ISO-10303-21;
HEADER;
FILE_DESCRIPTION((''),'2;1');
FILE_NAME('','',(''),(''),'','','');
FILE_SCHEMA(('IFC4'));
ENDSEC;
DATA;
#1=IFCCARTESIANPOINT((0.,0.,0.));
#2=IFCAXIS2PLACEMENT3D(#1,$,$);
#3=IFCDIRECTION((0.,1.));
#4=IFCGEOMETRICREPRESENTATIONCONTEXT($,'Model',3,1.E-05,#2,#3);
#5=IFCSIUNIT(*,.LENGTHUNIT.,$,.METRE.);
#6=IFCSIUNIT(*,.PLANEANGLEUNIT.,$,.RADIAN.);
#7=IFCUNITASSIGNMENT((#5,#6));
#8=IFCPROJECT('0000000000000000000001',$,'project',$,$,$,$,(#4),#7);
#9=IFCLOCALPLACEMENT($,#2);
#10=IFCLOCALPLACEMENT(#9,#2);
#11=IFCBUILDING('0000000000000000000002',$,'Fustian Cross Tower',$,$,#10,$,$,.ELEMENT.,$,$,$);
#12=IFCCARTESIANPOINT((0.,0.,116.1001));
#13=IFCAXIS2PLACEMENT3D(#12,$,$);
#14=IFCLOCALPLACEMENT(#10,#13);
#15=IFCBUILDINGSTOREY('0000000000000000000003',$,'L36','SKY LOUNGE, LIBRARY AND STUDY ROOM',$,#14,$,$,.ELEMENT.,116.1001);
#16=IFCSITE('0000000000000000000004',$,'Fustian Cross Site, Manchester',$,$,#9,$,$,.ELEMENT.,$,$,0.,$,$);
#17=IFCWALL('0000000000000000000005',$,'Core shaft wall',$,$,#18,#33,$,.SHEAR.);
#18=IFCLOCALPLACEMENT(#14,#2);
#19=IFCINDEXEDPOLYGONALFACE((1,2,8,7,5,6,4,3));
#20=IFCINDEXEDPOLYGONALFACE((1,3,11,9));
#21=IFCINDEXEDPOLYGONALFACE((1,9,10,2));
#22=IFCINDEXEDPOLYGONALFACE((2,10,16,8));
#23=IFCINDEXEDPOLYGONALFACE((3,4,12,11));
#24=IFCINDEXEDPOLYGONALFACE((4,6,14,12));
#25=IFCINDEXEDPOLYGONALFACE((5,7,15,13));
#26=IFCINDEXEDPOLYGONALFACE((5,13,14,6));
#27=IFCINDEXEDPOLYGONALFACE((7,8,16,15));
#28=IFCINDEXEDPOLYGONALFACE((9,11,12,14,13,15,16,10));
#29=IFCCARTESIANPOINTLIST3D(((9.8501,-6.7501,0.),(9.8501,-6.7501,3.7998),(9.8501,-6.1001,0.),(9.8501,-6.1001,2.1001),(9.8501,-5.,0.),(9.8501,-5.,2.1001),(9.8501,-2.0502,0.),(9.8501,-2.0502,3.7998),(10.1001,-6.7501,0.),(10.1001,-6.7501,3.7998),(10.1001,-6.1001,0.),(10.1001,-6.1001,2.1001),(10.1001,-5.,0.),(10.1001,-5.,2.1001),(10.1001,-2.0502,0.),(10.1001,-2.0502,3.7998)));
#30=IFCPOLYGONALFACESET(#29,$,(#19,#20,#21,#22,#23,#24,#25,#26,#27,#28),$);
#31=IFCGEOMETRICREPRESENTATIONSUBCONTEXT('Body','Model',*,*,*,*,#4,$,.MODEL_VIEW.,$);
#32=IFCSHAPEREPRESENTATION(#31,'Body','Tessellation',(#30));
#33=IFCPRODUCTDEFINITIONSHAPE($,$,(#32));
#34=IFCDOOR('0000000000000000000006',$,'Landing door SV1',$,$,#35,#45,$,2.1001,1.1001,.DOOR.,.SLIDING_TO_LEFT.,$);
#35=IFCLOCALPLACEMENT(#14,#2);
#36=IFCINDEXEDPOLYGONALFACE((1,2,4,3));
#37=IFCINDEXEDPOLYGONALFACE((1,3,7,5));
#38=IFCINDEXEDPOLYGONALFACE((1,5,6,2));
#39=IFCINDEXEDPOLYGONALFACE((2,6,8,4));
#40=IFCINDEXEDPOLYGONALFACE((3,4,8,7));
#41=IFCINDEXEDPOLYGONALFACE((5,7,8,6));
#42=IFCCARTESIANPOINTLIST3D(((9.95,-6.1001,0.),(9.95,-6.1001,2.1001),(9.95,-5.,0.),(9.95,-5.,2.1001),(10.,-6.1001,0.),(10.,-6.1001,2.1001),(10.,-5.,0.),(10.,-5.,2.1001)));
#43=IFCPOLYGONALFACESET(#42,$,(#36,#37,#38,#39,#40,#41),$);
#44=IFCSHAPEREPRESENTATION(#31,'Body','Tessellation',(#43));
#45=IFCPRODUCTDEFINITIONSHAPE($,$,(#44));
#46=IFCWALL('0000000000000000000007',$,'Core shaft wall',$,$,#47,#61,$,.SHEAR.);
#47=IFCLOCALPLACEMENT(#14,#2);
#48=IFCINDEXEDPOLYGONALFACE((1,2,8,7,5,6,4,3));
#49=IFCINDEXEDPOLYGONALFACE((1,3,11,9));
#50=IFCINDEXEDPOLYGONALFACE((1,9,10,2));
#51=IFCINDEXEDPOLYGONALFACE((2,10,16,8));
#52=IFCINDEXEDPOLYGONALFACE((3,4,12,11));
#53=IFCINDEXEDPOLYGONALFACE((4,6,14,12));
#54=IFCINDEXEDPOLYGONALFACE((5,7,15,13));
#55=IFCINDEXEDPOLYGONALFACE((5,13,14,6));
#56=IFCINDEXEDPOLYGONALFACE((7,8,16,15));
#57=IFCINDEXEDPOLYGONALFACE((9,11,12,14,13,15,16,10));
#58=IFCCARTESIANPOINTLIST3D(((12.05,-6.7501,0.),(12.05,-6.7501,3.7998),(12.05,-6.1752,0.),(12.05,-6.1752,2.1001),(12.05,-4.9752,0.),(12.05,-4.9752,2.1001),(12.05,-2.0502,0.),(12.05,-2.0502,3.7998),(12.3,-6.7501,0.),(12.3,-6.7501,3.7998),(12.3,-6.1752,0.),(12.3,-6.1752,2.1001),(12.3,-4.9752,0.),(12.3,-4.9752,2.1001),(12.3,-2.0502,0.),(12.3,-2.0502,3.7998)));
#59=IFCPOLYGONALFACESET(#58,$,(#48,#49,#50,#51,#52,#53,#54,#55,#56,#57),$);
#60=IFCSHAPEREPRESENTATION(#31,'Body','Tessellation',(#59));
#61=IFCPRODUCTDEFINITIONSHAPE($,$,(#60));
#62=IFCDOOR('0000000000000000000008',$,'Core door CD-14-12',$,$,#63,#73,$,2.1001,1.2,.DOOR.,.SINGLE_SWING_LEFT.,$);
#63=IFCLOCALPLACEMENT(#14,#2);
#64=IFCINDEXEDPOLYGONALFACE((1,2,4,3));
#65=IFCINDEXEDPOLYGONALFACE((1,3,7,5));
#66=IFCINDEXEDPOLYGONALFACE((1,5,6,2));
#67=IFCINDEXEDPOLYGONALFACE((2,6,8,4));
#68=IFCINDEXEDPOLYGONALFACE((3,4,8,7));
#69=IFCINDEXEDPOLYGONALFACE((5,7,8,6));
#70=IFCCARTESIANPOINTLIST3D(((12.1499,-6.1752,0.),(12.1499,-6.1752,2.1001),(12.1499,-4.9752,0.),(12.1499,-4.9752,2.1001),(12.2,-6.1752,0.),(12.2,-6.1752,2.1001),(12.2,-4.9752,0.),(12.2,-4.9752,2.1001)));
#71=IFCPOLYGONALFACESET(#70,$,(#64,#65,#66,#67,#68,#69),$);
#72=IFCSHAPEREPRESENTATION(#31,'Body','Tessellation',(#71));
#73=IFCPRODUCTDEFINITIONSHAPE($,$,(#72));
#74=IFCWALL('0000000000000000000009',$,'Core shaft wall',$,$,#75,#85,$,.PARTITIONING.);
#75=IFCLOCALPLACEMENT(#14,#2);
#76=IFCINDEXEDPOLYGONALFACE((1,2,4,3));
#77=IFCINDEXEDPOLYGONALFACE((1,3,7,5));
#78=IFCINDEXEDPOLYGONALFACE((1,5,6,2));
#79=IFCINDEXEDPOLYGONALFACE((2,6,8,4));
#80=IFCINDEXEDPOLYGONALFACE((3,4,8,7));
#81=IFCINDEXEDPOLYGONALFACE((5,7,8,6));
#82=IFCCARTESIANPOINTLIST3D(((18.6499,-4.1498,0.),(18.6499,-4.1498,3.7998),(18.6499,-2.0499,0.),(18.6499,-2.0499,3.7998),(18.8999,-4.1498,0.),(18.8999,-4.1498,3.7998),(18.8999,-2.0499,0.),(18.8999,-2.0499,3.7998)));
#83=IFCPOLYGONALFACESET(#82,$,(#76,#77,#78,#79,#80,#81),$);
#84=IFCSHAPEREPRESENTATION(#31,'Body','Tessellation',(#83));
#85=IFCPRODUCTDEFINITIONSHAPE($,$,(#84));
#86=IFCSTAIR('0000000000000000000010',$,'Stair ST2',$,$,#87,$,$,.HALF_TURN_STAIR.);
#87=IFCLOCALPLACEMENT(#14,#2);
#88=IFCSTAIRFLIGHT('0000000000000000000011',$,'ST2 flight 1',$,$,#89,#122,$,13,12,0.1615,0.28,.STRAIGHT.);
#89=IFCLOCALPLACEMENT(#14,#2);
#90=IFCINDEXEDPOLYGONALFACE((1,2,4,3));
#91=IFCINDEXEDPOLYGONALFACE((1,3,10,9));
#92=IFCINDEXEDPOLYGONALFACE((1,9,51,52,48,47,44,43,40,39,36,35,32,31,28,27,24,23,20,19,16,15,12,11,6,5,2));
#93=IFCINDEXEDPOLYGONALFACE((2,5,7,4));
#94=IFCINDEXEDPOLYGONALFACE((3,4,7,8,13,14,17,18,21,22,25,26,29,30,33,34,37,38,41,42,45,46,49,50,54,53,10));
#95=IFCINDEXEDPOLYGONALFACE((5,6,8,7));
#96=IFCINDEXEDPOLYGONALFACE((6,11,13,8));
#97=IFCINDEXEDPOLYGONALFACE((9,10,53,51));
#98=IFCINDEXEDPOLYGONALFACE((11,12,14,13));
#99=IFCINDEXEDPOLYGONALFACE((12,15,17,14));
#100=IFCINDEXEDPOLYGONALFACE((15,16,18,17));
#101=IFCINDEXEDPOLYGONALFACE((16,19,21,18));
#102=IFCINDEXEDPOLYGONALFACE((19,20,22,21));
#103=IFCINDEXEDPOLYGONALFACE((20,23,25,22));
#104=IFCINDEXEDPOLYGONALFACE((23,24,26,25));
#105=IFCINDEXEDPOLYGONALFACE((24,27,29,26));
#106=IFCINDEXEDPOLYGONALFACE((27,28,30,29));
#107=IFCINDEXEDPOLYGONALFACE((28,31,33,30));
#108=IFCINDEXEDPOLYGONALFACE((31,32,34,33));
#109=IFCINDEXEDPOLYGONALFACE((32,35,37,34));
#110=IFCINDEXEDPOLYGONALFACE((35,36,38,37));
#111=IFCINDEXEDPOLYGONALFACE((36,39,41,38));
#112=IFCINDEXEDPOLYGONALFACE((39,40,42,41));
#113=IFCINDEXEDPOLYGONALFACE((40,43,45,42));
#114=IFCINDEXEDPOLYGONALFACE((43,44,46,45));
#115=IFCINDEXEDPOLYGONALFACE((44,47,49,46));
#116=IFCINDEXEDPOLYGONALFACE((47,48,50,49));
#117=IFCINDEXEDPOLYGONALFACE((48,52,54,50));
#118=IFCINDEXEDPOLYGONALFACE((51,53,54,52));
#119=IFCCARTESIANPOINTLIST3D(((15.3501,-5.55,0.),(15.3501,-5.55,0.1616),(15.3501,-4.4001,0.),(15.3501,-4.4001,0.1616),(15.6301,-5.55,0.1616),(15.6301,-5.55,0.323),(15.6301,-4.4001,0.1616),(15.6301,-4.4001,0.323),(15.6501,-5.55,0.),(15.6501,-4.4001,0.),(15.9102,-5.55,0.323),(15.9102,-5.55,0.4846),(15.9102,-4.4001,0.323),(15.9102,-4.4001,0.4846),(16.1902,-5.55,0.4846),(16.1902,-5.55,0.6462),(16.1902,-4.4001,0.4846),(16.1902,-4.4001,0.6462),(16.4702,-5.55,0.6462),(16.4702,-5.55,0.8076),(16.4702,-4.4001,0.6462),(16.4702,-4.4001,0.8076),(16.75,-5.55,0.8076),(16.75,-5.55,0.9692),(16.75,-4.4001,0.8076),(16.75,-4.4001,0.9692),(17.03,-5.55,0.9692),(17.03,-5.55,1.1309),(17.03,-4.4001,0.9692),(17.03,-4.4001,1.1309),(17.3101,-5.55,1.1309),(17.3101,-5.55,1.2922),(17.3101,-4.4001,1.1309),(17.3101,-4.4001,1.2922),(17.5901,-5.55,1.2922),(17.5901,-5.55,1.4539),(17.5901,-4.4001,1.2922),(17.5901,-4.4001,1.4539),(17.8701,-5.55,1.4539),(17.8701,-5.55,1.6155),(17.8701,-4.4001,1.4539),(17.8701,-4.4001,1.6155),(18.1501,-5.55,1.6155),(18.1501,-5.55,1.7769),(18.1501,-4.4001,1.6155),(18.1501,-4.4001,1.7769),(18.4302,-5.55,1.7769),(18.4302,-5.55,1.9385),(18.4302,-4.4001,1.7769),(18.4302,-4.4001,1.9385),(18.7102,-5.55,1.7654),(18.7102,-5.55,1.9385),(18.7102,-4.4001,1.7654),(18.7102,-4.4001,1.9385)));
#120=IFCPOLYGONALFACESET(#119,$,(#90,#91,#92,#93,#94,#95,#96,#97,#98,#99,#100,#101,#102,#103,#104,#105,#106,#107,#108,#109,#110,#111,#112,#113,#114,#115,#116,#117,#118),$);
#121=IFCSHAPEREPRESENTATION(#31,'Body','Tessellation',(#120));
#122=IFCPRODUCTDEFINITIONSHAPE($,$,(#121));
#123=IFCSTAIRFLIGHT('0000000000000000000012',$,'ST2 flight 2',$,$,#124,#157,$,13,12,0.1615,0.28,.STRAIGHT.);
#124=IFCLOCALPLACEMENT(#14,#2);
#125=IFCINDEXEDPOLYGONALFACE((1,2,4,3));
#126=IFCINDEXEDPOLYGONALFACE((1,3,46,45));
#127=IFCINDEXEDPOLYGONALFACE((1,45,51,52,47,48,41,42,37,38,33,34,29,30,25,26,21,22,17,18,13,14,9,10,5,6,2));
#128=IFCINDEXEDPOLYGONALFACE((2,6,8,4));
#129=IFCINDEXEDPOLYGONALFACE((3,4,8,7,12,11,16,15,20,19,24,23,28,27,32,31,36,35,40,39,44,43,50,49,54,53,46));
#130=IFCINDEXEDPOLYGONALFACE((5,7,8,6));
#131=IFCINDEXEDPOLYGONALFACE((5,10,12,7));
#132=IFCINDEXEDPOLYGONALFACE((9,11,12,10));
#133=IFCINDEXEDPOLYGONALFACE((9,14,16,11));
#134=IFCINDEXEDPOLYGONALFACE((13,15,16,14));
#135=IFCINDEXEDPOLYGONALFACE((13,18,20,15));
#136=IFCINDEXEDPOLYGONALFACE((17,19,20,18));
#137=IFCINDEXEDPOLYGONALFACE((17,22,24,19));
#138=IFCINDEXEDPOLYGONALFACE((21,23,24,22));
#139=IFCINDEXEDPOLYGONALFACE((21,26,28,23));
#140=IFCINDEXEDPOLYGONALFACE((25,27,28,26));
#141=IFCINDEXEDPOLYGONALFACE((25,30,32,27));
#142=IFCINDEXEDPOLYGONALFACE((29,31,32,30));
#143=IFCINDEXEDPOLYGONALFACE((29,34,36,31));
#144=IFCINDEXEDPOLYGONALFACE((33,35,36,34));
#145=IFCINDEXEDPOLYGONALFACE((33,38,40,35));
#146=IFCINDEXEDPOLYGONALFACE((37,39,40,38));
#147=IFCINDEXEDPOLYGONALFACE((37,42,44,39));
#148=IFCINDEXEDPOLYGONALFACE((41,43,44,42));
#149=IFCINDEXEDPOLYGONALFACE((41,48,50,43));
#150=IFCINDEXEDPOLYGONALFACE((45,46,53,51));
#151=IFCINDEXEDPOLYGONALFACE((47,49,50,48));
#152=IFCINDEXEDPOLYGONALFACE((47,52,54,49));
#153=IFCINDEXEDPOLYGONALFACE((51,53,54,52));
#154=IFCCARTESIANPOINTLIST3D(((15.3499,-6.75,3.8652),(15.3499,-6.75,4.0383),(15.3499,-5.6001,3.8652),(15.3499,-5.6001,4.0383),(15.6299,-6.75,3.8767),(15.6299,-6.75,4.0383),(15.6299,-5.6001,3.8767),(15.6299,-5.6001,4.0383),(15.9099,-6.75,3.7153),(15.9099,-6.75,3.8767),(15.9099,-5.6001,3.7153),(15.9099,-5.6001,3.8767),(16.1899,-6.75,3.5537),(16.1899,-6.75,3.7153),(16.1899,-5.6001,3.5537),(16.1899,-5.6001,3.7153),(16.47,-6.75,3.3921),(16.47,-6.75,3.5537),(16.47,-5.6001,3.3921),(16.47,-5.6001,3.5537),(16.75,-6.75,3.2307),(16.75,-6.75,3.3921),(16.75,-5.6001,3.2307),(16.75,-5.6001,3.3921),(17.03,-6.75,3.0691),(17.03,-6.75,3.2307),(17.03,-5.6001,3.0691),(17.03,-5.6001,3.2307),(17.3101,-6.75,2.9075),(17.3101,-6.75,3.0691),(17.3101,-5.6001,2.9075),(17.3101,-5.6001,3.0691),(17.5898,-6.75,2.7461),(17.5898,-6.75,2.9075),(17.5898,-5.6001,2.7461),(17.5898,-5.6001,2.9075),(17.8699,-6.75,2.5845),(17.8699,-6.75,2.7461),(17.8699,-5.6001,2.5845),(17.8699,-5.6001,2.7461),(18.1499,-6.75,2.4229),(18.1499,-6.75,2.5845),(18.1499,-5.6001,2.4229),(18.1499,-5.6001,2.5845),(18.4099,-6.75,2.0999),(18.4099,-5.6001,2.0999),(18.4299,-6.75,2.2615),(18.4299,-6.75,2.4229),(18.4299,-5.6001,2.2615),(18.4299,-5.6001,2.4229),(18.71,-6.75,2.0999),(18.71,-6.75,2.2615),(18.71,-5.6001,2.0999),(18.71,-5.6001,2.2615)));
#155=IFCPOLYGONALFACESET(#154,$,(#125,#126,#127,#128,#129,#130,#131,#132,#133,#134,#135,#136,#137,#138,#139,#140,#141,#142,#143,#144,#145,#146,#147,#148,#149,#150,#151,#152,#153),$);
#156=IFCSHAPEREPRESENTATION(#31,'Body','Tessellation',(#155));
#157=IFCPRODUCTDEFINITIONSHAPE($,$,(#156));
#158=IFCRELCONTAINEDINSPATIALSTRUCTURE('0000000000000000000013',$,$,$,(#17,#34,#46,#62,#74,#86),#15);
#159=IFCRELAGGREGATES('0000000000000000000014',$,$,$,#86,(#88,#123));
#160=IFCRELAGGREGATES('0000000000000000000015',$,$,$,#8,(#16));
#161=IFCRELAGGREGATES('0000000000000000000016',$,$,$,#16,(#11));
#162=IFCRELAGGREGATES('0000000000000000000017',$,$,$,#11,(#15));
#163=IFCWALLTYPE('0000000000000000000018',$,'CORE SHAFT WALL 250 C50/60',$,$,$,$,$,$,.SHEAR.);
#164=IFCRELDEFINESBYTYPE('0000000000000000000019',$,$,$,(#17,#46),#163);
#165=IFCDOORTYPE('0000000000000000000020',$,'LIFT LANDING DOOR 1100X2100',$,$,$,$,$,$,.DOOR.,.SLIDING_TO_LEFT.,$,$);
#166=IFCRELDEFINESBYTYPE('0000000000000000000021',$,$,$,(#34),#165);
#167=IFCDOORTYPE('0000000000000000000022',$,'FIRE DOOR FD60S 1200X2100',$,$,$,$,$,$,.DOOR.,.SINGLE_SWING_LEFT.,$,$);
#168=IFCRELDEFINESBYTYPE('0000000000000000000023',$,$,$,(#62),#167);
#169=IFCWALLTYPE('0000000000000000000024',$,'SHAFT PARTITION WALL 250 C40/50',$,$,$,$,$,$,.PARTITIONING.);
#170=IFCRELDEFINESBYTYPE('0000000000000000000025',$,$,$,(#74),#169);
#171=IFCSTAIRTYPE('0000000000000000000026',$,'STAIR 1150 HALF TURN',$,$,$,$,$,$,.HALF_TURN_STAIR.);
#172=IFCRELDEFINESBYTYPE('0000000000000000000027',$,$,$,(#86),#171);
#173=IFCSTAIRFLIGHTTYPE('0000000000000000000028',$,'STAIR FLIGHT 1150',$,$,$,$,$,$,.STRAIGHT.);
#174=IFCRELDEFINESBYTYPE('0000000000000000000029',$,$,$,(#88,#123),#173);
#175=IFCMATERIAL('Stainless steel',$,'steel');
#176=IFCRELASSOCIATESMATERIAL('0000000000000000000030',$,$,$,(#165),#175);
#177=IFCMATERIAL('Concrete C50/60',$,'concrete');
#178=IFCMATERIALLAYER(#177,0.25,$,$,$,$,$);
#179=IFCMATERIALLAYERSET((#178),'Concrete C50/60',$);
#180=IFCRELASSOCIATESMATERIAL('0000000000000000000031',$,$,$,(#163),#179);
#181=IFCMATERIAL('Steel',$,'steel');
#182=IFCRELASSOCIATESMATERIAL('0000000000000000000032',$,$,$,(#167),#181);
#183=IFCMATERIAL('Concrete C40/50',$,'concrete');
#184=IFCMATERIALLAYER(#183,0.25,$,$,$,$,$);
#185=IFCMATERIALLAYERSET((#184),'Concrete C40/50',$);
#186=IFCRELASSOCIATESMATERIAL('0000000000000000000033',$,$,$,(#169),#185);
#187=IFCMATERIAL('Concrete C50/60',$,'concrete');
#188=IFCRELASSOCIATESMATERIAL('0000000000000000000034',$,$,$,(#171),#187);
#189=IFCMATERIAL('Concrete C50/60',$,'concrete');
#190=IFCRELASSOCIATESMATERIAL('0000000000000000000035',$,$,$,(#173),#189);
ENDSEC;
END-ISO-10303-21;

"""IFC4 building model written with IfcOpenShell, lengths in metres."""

from ifc_helpers import new_model, si_unit, direction, frame, frame_2d, origin, place, context, subcontext, project, spatial, polyline, rectangle, outline, extrude, material, layer, layer_set, type_object, element, fill, aggregate, save


model = new_model("IFC4")

# Units and contexts
model_context = context("Model", 3, precision=1e-05, world=origin(), true_north=direction((0.0, 1.0)))
body_context = subcontext(model_context, "Body", "Model", "MODEL_VIEW")
ifc_project = project(units=[si_unit("LENGTHUNIT", "METRE"), si_unit("PLANEANGLEUNIT", "RADIAN")], contexts=[model_context])

# Site, building, storey
site_placement = place(None, origin())
site = spatial("IfcSite", under=ifc_project, at=site_placement, Name="Fustian Cross Site, Manchester", CompositionType="ELEMENT", RefElevation=0.0)
building_placement = place(site_placement, origin())
building = spatial("IfcBuilding", under=site, at=building_placement, Name="Fustian Cross Tower", CompositionType="ELEMENT")
storey_placement = place(building_placement, frame((0.0, 0.0, 116.1001)))
storey = spatial("IfcBuildingStorey", under=building, at=storey_placement, Name="L36", Description="SKY LOUNGE, LIBRARY AND STUDY ROOM", CompositionType="ELEMENT", Elevation=116.1001)

# Shared definitions
ifc_material_1 = material(Name="Stainless steel", Category="steel")
door_type_1 = type_object("IfcDoorType", Name="LIFT LANDING DOOR 1100X2100", OperationType="SLIDING_TO_LEFT", PredefinedType="DOOR", material=ifc_material_1)

# Shared definitions
ifc_material_2 = material(Name="Concrete C50/60", Category="concrete")
ifc_layer_1 = layer(ifc_material_2, 0.25)
ifc_layer_set_1 = layer_set([ifc_layer_1], Name="Concrete C50/60")
wall_type_1 = type_object("IfcWallType", Name="CORE SHAFT WALL 250 C50/60", PredefinedType="SHEAR", material=ifc_layer_set_1)

# Walls, openings, doors
wall_1_placement = place(storey_placement, frame((9.9751, -2.05, 0.0), z_axis=(0.0, 0.0, 1.0), x_axis=(0.0, -1.0, 0.0)))
wall_1 = element("IfcWall", 1, at=wall_1_placement, inside=storey, type_object=wall_type_1, Name="Core shaft wall", PredefinedType="SHEAR", context=body_context, shape_type="SweptSolid", body=[
    extrude(rectangle(XDim=4.7, YDim=0.25, at=frame_2d((2.3501, 0.0))), origin(), (0.0, 0.0, 1.0), 3.7998),
])
opening_1_placement = place(wall_1_placement, frame((2.95, 0.0, 0.0)))
opening_1 = element("IfcOpeningElement", 2, at=opening_1_placement, cuts=wall_1, PredefinedType="OPENING", context=body_context, shape_type="SweptSolid", body=[
    extrude(rectangle(XDim=1.1001, YDim=2.1001, at=frame_2d((0.55, 1.05))), frame((0.0, 0.135, 0.0), z_axis=(0.0, -1.0, 0.0), x_axis=(1.0, 0.0, 0.0)), (0.0, 0.0, 1.0), 0.27),
])
door_1_placement = place(opening_1_placement, origin())
door_1 = element("IfcDoor", 3, at=door_1_placement, inside=storey, type_object=door_type_1, Name="Landing door SV1", OperationType="SLIDING_TO_LEFT", OverallHeight=2.1001, OverallWidth=1.1001, PredefinedType="DOOR", context=body_context, shape_type="SweptSolid", body=[
    extrude(rectangle(XDim=1.1001, YDim=2.1001, at=frame_2d((0.55, 1.05))), frame((0.0, 0.0249, 0.0), z_axis=(0.0, -1.0, 0.0), x_axis=(1.0, 0.0, 0.0)), (0.0, 0.0, 1.0), 0.05),
])
fill(opening_1, door_1)
wall_2_placement = place(storey_placement, frame((12.175, -2.05, 0.0), z_axis=(0.0, 0.0, 1.0), x_axis=(0.0, -1.0, 0.0)))
wall_2 = element("IfcWall", 4, at=wall_2_placement, inside=storey, type_object=wall_type_1, Name="Core shaft wall", PredefinedType="SHEAR", context=body_context, shape_type="SweptSolid", body=[
    extrude(rectangle(XDim=4.7, YDim=0.25, at=frame_2d((2.3501, 0.0))), origin(), (0.0, 0.0, 1.0), 3.7998),
])
opening_2_placement = place(wall_2_placement, frame((2.925, 0.0, 0.0)))
opening_2 = element("IfcOpeningElement", 5, at=opening_2_placement, cuts=wall_2, PredefinedType="OPENING", context=body_context, shape_type="SweptSolid", body=[
    extrude(rectangle(XDim=1.2, YDim=2.1001, at=frame_2d((0.6001, 1.05))), frame((0.0, 0.135, 0.0), z_axis=(0.0, -1.0, 0.0), x_axis=(1.0, 0.0, 0.0)), (0.0, 0.0, 1.0), 0.27),
])
ifc_material_3 = material(Name="Steel", Category="steel")
door_type_2 = type_object("IfcDoorType", Name="FIRE DOOR FD60S 1200X2100", OperationType="SINGLE_SWING_LEFT", PredefinedType="DOOR", material=ifc_material_3)
door_2_placement = place(opening_2_placement, origin())
door_2 = element("IfcDoor", 6, at=door_2_placement, inside=storey, type_object=door_type_2, Name="Core door CD-14-12", OperationType="SINGLE_SWING_LEFT", OverallHeight=2.1001, OverallWidth=1.2, PredefinedType="DOOR", context=body_context, shape_type="SweptSolid", body=[
    extrude(rectangle(XDim=1.2, YDim=2.1001, at=frame_2d((0.6001, 1.05))), frame((0.0, 0.0249, 0.0), z_axis=(0.0, -1.0, 0.0), x_axis=(1.0, 0.0, 0.0)), (0.0, 0.0, 1.0), 0.05),
])
fill(opening_2, door_2)

# Wall
ifc_material_4 = material(Name="Concrete C40/50", Category="concrete")
ifc_layer_2 = layer(ifc_material_4, 0.25)
ifc_layer_set_2 = layer_set([ifc_layer_2], Name="Concrete C40/50")
wall_type_2 = type_object("IfcWallType", Name="SHAFT PARTITION WALL 250 C40/50", PredefinedType="PARTITIONING", material=ifc_layer_set_2)
wall_3_placement = place(storey_placement, frame((18.7749, -2.05, 0.0), z_axis=(0.0, 0.0, 1.0), x_axis=(0.0, -1.0, 0.0)))
element("IfcWall", 7, at=wall_3_placement, inside=storey, type_object=wall_type_2, Name="Core shaft wall", PredefinedType="PARTITIONING", context=body_context, shape_type="SweptSolid", body=[
    extrude(rectangle(XDim=2.0999, YDim=0.25, at=frame_2d((1.0498, 0.0))), origin(), (0.0, 0.0, 1.0), 3.7998),
])

# Stair, stair flights
ifc_material_5 = material(Name="Concrete C50/60", Category="concrete")
stair_type = type_object("IfcStairType", Name="STAIR 1150 HALF TURN", PredefinedType="HALF_TURN_STAIR", material=ifc_material_5)
stair_placement = place(storey_placement, origin())
stair = element("IfcStair", 8, at=stair_placement, inside=storey, type_object=stair_type, Name="Stair ST2", PredefinedType="HALF_TURN_STAIR")
ifc_material_6 = material(Name="Concrete C50/60", Category="concrete")
stair_flight_type = type_object("IfcStairFlightType", Name="STAIR FLIGHT 1150", PredefinedType="STRAIGHT", material=ifc_material_6)
stair_flight_1_placement = place(storey_placement, frame((15.3501, -4.9751, 0.0), z_axis=(0.0, 0.0, 1.0), x_axis=(1.0, 0.0, 0.0)))
stair_flight_1 = element("IfcStairFlight", 9, at=stair_flight_1_placement, type_object=stair_flight_type, Name="ST2 flight 1", NumberOfRisers=13, NumberOfTreads=12, PredefinedType="STRAIGHT", RiserHeight=0.1615, TreadLength=0.28, context=body_context, shape_type="SweptSolid", body=[
    extrude(outline(polyline([(0.0, 0.0), (0.0, 0.1616), (0.28, 0.1616), (0.28, 0.323), (0.5601, 0.323), (0.5601, 0.4846), (0.8401, 0.4846), (0.8401, 0.6462), (1.1201, 0.6462), (1.1201, 0.8076), (1.3999, 0.8076), (1.3999, 0.9692), (1.6799, 0.9692), (1.6799, 1.1309), (1.96, 1.1309), (1.96, 1.2922), (2.24, 1.2922), (2.24, 1.4539), (2.52, 1.4539), (2.52, 1.6155), (2.8, 1.6155), (2.8, 1.7769), (3.0801, 1.7769), (3.0801, 1.9385), (3.3601, 1.9385), (3.3601, 2.1001), (3.3601, 1.7654), (0.3, 0.0), (0.0, 0.0)])), frame((0.0, 0.575, 0.0), z_axis=(0.0, -1.0, 0.0), x_axis=(1.0, 0.0, 0.0)), (0.0, 0.0, 1.0), 1.1499),
])
stair_flight_2_placement = place(storey_placement, frame((18.71, -6.175, 2.0999), z_axis=(0.0, 0.0, 1.0), x_axis=(-1.0, 0.0, 0.0)))
stair_flight_2 = element("IfcStairFlight", 10, at=stair_flight_2_placement, type_object=stair_flight_type, Name="ST2 flight 2", NumberOfRisers=13, NumberOfTreads=12, PredefinedType="STRAIGHT", RiserHeight=0.1615, TreadLength=0.28, context=body_context, shape_type="SweptSolid", body=[
    extrude(outline(polyline([(0.0, 0.0), (0.0, 0.1616), (0.28, 0.1616), (0.28, 0.323), (0.5601, 0.323), (0.5601, 0.4846), (0.8401, 0.4846), (0.8401, 0.6462), (1.1201, 0.6462), (1.1201, 0.8076), (1.3999, 0.8076), (1.3999, 0.9692), (1.6799, 0.9692), (1.6799, 1.1309), (1.96, 1.1309), (1.96, 1.2922), (2.24, 1.2922), (2.24, 1.4539), (2.52, 1.4539), (2.52, 1.6155), (2.8, 1.6155), (2.8, 1.7769), (3.0801, 1.7769), (3.0801, 1.9385), (3.3601, 1.9385), (3.3601, 2.1001), (3.3601, 1.7654), (0.3, 0.0), (0.0, 0.0)])), frame((0.0, 0.575, 0.0), z_axis=(0.0, -1.0, 0.0), x_axis=(1.0, 0.0, 0.0)), (0.0, 0.0, 1.0), 1.1499),
])
aggregate(stair, [stair_flight_1, stair_flight_2])

save(model, "model.ifc")
